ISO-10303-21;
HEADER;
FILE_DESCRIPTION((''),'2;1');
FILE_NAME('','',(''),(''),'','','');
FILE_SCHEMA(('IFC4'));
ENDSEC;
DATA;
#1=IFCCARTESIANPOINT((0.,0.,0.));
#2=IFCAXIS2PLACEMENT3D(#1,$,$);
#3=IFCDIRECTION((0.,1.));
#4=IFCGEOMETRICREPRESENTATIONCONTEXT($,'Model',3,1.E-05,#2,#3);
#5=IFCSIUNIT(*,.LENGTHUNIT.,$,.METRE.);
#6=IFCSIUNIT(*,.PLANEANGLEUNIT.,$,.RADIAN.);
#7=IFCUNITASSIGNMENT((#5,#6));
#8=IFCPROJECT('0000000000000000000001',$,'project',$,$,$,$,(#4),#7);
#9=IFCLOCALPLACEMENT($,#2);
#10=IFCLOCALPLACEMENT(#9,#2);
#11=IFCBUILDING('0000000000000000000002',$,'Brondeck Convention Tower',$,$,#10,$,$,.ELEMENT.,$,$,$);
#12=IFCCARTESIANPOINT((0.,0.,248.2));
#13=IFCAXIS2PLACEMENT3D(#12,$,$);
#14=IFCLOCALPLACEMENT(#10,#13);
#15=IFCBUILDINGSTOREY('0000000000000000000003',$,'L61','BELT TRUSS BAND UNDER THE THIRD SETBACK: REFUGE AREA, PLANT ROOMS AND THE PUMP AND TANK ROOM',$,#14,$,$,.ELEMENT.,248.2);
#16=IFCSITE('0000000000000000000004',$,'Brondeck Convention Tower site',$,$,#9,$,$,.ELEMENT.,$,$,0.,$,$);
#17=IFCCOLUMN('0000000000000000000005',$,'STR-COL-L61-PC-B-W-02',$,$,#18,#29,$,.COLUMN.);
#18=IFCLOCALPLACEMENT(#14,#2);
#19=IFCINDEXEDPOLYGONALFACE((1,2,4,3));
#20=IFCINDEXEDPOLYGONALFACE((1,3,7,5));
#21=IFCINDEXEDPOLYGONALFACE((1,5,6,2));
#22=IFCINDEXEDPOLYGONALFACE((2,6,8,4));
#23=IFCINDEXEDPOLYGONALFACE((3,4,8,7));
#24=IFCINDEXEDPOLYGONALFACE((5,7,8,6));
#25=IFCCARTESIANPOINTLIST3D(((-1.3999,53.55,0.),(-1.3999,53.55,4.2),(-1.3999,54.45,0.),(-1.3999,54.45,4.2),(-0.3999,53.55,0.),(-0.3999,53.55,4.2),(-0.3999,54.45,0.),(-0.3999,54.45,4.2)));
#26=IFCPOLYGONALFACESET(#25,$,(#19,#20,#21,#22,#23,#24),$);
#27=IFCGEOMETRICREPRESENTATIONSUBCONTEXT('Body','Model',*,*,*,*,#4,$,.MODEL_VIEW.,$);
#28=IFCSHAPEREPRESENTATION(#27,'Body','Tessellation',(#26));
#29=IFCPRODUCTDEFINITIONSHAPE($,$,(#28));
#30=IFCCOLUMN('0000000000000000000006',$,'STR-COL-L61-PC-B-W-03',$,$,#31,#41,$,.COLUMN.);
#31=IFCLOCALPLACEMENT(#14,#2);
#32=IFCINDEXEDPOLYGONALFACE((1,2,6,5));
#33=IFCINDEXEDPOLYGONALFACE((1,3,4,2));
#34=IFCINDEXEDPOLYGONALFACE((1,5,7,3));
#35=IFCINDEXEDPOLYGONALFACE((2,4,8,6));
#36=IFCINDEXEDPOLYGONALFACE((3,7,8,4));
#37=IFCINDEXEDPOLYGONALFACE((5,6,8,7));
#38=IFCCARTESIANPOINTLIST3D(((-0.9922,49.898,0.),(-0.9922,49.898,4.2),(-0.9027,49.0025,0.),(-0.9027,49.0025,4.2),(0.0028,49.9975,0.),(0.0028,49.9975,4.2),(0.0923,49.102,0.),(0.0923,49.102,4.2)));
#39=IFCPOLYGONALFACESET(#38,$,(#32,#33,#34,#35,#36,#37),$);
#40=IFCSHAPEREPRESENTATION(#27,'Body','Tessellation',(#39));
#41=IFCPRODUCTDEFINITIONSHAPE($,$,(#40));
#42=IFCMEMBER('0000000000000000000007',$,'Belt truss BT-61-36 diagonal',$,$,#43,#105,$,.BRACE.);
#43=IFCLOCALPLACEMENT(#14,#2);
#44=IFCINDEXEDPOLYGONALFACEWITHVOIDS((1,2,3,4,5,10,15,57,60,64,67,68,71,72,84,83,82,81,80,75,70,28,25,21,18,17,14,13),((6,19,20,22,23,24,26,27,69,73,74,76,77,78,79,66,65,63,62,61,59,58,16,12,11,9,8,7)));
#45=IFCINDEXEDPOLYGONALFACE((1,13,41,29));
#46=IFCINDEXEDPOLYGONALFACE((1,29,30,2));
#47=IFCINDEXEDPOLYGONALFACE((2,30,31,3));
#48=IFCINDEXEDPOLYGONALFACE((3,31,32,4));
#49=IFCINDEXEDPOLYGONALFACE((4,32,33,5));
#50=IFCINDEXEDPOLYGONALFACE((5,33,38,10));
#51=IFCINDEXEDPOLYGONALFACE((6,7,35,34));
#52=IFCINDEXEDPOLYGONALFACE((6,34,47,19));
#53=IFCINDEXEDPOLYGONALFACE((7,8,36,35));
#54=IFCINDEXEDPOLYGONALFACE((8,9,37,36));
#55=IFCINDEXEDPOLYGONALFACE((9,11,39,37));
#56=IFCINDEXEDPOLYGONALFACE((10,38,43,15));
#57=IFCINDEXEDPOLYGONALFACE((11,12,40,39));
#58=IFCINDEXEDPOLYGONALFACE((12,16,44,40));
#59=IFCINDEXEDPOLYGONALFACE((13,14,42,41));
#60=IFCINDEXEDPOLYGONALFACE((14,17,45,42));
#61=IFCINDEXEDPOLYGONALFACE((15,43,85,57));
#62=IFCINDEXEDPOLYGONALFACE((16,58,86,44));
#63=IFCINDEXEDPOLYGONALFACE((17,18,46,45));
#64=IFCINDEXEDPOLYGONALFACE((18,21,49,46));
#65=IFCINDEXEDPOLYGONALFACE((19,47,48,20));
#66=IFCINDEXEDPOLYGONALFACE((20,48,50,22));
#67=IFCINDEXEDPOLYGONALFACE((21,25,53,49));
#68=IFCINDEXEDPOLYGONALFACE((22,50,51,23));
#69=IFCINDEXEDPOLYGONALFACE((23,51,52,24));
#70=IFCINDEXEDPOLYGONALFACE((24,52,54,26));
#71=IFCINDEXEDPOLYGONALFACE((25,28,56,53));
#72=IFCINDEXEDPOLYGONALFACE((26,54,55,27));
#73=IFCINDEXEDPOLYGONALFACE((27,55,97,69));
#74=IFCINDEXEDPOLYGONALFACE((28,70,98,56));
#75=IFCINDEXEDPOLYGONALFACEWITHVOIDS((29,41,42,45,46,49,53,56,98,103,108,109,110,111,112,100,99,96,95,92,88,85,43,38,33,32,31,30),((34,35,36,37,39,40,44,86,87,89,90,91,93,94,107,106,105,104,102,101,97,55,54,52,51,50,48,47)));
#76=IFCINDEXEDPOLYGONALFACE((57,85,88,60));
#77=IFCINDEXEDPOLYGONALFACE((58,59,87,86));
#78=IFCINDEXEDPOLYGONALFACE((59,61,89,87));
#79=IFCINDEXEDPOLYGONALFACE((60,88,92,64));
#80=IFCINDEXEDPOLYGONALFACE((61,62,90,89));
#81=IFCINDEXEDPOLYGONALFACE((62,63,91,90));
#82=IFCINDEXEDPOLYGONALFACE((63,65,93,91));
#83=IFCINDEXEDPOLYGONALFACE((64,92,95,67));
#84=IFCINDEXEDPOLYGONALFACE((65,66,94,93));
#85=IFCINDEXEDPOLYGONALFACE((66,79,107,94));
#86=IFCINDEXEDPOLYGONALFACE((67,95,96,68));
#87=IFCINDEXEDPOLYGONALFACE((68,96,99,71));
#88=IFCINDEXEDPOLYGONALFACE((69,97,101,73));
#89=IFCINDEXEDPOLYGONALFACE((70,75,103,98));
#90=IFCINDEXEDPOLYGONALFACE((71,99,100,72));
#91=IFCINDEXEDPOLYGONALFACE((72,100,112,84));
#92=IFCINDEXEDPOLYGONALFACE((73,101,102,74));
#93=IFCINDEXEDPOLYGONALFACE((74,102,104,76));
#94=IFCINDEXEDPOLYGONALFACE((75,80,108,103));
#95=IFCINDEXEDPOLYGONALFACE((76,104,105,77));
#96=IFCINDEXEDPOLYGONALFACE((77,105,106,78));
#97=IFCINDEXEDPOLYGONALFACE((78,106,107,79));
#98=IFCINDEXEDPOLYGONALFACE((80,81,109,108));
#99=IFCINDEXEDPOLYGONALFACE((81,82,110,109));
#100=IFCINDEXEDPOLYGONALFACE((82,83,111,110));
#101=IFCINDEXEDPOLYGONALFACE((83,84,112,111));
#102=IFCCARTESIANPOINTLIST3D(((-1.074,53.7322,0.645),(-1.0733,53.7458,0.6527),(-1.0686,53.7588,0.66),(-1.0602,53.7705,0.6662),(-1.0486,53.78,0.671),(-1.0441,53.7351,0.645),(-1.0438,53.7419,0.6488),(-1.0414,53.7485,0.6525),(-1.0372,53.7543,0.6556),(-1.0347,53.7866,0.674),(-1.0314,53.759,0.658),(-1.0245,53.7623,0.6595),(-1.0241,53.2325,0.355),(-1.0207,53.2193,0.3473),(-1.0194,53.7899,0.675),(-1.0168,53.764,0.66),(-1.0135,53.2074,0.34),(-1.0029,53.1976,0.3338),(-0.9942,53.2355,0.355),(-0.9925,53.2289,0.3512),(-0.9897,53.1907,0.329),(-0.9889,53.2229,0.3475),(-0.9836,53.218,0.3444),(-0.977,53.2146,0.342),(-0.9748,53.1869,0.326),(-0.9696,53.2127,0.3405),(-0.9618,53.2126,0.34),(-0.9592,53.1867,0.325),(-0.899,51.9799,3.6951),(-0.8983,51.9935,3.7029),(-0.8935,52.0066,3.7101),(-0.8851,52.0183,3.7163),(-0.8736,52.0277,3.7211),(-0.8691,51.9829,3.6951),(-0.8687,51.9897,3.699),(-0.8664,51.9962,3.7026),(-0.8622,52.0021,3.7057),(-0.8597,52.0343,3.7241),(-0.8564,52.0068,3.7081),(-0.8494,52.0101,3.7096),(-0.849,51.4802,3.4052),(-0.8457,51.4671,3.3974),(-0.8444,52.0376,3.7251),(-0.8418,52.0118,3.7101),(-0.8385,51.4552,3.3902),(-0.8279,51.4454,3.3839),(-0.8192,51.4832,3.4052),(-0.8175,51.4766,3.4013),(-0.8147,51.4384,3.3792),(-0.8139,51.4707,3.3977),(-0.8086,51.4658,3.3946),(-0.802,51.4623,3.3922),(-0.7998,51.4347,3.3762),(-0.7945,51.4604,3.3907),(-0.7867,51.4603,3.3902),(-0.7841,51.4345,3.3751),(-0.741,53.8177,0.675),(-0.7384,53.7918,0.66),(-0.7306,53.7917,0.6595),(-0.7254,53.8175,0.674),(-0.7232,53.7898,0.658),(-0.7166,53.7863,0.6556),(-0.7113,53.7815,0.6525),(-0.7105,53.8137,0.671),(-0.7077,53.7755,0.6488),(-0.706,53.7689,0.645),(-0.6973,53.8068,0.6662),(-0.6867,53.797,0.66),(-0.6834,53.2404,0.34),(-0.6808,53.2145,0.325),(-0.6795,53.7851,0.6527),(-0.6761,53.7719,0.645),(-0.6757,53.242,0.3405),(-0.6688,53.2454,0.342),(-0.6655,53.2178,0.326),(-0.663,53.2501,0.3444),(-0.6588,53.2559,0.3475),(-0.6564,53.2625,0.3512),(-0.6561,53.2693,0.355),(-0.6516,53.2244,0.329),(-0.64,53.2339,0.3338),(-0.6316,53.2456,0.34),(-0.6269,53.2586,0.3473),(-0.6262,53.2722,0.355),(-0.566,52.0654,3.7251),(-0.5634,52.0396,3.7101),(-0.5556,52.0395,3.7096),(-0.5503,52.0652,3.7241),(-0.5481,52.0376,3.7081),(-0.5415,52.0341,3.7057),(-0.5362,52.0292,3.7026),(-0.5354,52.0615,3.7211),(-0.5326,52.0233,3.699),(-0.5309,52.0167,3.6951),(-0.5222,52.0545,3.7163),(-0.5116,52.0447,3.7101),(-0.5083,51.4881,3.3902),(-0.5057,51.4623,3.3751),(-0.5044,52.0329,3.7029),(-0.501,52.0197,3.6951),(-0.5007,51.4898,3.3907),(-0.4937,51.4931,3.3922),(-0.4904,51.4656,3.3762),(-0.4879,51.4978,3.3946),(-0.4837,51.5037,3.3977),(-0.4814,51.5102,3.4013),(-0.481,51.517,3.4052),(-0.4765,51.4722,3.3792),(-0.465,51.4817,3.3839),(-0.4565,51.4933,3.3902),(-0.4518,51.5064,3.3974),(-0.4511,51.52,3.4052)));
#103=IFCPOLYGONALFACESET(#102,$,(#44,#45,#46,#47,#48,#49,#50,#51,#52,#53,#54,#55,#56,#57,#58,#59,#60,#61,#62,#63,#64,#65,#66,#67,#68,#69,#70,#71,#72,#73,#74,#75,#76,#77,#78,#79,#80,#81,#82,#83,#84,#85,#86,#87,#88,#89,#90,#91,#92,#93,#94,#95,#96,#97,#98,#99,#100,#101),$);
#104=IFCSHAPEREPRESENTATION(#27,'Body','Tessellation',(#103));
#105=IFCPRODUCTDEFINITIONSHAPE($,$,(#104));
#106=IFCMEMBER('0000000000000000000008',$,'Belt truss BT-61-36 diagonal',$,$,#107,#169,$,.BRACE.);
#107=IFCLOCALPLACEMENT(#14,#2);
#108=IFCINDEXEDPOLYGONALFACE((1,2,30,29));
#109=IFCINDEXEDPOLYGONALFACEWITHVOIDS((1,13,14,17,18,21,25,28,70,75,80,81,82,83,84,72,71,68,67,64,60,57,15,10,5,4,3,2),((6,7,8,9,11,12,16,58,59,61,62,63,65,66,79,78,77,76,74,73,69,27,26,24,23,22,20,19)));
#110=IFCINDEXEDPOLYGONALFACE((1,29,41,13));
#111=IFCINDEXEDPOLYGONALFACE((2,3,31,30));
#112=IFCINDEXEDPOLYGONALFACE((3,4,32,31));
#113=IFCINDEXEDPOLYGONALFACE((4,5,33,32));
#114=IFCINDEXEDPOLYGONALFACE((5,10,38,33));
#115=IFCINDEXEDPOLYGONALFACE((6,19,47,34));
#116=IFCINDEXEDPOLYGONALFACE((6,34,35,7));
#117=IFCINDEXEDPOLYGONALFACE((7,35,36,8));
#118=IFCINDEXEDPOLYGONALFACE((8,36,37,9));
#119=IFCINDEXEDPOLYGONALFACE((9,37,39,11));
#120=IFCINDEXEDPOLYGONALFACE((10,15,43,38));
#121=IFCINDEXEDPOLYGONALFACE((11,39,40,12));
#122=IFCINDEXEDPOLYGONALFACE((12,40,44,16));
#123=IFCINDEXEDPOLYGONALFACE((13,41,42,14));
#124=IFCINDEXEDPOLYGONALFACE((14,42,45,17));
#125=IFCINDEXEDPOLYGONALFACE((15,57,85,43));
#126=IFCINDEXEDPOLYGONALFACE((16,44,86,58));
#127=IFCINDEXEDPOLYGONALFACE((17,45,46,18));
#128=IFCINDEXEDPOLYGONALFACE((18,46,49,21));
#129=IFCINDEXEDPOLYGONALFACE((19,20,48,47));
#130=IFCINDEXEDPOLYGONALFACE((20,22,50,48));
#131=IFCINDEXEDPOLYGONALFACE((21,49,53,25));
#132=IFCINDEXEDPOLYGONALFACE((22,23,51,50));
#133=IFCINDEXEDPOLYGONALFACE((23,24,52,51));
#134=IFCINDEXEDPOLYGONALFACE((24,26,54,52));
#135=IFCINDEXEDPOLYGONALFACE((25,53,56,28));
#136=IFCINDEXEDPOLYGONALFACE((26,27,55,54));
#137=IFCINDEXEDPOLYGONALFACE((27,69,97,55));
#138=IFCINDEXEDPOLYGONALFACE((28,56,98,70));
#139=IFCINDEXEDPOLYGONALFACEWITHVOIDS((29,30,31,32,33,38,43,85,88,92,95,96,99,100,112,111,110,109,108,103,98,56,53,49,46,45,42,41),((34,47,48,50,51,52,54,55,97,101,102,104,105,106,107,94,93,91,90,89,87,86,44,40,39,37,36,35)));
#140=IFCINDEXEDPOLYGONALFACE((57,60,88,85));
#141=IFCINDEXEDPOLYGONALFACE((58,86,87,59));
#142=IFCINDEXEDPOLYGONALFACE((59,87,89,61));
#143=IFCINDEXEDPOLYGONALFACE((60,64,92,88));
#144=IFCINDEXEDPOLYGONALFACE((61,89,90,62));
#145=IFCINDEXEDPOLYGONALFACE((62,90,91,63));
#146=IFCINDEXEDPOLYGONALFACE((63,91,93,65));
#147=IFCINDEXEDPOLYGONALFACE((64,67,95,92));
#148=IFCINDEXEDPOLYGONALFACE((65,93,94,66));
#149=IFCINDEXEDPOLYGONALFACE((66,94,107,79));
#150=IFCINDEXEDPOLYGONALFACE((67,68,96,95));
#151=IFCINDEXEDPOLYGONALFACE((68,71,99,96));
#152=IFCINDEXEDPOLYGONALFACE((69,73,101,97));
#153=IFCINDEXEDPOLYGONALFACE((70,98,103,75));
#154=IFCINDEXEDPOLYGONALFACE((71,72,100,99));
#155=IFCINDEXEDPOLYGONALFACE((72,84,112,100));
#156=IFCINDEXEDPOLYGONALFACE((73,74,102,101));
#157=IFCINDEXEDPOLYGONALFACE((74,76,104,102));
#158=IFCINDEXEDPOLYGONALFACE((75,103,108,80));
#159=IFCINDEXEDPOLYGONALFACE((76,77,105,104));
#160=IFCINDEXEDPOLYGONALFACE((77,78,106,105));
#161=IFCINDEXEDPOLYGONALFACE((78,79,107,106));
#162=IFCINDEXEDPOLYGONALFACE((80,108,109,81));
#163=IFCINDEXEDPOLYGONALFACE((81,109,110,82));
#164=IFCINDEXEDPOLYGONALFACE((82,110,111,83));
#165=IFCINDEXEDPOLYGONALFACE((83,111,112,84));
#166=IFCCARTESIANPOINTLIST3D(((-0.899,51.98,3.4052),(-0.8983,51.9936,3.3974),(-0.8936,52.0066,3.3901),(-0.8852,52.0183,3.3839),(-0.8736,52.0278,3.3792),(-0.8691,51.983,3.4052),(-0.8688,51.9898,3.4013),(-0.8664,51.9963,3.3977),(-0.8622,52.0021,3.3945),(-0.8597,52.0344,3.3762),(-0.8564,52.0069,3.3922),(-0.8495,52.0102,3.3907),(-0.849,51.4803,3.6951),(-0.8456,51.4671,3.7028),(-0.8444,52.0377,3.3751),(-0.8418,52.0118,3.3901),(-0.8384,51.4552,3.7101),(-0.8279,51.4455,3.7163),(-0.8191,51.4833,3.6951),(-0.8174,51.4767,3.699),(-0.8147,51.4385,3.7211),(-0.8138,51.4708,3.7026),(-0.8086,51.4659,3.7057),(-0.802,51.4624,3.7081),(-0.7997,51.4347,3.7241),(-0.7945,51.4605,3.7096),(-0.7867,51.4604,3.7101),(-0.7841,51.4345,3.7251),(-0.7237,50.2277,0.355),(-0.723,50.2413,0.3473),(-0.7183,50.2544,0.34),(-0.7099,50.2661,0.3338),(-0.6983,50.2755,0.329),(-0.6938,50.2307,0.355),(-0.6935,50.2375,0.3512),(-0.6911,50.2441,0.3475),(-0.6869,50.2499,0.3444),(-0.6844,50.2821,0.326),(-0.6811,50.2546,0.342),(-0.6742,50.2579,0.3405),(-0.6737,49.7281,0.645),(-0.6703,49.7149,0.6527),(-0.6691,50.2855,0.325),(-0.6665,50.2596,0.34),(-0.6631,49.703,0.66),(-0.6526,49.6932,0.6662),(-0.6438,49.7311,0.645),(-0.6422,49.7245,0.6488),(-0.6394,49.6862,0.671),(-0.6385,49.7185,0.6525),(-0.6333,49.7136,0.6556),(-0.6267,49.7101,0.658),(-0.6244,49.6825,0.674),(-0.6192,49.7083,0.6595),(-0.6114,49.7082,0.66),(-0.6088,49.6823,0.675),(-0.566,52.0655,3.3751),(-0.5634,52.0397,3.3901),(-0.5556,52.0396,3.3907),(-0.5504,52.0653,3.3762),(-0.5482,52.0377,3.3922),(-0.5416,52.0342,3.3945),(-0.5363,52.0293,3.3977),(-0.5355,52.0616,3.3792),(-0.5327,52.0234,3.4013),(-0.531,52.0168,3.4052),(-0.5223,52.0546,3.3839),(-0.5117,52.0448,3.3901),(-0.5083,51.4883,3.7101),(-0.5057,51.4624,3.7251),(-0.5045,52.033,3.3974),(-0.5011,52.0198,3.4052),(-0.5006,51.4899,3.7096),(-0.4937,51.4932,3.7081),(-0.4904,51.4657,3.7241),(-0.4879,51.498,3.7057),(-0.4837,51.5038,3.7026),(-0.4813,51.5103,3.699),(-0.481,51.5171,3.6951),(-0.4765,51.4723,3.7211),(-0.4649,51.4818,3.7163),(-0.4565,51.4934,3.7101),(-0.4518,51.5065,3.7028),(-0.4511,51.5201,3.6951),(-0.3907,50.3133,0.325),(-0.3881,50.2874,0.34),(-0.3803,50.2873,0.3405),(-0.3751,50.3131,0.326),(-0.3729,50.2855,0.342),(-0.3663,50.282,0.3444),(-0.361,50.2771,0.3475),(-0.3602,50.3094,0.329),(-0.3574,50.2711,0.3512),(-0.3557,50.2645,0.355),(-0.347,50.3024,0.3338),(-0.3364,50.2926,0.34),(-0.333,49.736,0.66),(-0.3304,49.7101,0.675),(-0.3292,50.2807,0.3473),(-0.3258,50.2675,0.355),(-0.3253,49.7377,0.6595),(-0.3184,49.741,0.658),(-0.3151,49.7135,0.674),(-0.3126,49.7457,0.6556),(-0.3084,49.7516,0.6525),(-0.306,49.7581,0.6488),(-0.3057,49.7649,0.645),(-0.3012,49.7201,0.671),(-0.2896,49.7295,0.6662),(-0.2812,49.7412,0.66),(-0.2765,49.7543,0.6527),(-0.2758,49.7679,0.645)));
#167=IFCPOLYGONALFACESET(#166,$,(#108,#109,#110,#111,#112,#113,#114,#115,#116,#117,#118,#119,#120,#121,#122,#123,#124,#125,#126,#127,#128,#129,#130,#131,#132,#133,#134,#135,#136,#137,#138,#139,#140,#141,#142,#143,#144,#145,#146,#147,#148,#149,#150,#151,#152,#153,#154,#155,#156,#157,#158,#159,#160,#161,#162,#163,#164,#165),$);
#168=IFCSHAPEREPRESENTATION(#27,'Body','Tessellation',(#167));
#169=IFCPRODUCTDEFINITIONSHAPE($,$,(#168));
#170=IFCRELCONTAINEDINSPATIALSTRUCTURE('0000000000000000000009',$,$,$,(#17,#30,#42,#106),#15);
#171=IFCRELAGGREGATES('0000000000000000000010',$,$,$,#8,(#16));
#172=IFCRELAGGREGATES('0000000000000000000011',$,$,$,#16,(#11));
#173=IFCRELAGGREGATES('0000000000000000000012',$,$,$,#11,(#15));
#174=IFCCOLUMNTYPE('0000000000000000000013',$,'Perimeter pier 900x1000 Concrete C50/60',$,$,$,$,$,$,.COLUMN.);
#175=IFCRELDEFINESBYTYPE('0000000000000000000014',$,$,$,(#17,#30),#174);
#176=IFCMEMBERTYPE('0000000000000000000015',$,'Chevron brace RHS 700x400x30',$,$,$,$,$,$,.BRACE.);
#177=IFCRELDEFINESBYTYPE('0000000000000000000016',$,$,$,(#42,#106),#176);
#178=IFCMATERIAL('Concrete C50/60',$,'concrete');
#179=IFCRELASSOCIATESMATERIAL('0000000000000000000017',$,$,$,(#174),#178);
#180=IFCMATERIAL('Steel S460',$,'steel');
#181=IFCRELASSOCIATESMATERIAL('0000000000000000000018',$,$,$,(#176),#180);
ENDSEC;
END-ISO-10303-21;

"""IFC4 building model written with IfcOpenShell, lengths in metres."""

from ifc_helpers import new_model, si_unit, direction, frame, origin, origin_2d, place, context, subcontext, project, spatial, rectangle, hollow_rectangle, extrude, material, material_profile, profile_set, type_object, element, save


model = new_model("IFC4")

# Units and contexts
model_context = context("Model", 3, precision=1e-05, world=origin(), true_north=direction((0.0, 1.0)))
body_context = subcontext(model_context, "Body", "Model", "MODEL_VIEW")
ifc_project = project(units=[si_unit("LENGTHUNIT", "METRE"), si_unit("PLANEANGLEUNIT", "RADIAN")], contexts=[model_context])

# Site, building, storey
site_placement = place(None, origin())
site = spatial("IfcSite", under=ifc_project, at=site_placement, Name="Brondeck Convention Tower site", CompositionType="ELEMENT", RefElevation=0.0)
building_placement = place(site_placement, origin())
building = spatial("IfcBuilding", under=site, at=building_placement, Name="Brondeck Convention Tower", CompositionType="ELEMENT")
storey_placement = place(building_placement, frame((0.0, 0.0, 248.2)))
storey = spatial("IfcBuildingStorey", under=building, at=storey_placement, Name="L61", Description="BELT TRUSS BAND UNDER THE THIRD SETBACK: REFUGE AREA, PLANT ROOMS AND THE PUMP AND TANK ROOM", CompositionType="ELEMENT", Elevation=248.2)

# Columns
ifc_material_1 = material(Name="Concrete C50/60", Category="concrete")
ifc_material_profile_1 = material_profile(ifc_material_1, rectangle(XDim=0.8999, YDim=1.0, at=origin_2d()), Name="Perimeter pier 900x1000 Concrete C50/60")
ifc_profile_set_1 = profile_set([ifc_material_profile_1], Name="Concrete C50/60")
column_type = type_object("IfcColumnType", Name="Perimeter pier 900x1000 Concrete C50/60", PredefinedType="COLUMN", material=ifc_profile_set_1)
for number, where, z_axis, x_axis, name in (
    (1, (-0.8999, 54.0, 0.0), (0.0, 0.0, 1.0), (0.0, -1.0, 0.0), "STR-COL-L61-PC-B-W-02"),
    (2, (-0.45, 49.5, 0.0), (0.0, 0.0, 1.0), (0.099504, -0.995037, 0.0), "STR-COL-L61-PC-B-W-03"),
):
    element("IfcColumn", number, at=place(storey_placement, frame(where, z_axis=z_axis, x_axis=x_axis)), inside=storey, type_object=column_type, Name=name, PredefinedType="COLUMN", context=body_context, shape_type="SweptSolid", body=[
        extrude(rectangle(XDim=0.8999, YDim=1.0, at=origin_2d()), origin(), (0.0, 0.0, 1.0), 4.2),
    ])

# Members
ifc_material_2 = material(Name="Steel S460", Category="steel")
ifc_material_profile_2 = material_profile(ifc_material_2, hollow_rectangle(XDim=0.3999, YDim=0.7, WallThickness=0.03, InnerFilletRadius=0.03, OuterFilletRadius=0.0601, at=origin_2d()), Name="RHS 700x400x30")
ifc_profile_set_2 = profile_set([ifc_material_profile_2], Name="Steel S460")
member_type = type_object("IfcMemberType", Name="Chevron brace RHS 700x400x30", PredefinedType="BRACE", material=ifc_profile_set_2)
for number, where, z_axis, x_axis, name in (
    (3, (-0.8501, 53.5022, 0.5), (0.049703, -0.497518, 0.866029), (0.995047, 0.099408, 0.0), "Belt truss BT-61-36 diagonal"),
    (4, (-0.4998, 49.9978, 0.5), (-0.049772, 0.497516, 0.866026), (-0.995033, -0.099545, 0.0), "Belt truss BT-61-36 diagonal"),
):
    element("IfcMember", number, at=place(storey_placement, frame(where, z_axis=z_axis, x_axis=x_axis)), inside=storey, type_object=member_type, Name=name, PredefinedType="BRACE", context=body_context, shape_type="SweptSolid", body=[
        extrude(hollow_rectangle(XDim=0.3999, YDim=0.7, WallThickness=0.03, InnerFilletRadius=0.03, OuterFilletRadius=0.0601, at=origin_2d()), origin(), (0.0, 0.0, 1.0), 3.522),
    ])

save(model, "model.ifc")
